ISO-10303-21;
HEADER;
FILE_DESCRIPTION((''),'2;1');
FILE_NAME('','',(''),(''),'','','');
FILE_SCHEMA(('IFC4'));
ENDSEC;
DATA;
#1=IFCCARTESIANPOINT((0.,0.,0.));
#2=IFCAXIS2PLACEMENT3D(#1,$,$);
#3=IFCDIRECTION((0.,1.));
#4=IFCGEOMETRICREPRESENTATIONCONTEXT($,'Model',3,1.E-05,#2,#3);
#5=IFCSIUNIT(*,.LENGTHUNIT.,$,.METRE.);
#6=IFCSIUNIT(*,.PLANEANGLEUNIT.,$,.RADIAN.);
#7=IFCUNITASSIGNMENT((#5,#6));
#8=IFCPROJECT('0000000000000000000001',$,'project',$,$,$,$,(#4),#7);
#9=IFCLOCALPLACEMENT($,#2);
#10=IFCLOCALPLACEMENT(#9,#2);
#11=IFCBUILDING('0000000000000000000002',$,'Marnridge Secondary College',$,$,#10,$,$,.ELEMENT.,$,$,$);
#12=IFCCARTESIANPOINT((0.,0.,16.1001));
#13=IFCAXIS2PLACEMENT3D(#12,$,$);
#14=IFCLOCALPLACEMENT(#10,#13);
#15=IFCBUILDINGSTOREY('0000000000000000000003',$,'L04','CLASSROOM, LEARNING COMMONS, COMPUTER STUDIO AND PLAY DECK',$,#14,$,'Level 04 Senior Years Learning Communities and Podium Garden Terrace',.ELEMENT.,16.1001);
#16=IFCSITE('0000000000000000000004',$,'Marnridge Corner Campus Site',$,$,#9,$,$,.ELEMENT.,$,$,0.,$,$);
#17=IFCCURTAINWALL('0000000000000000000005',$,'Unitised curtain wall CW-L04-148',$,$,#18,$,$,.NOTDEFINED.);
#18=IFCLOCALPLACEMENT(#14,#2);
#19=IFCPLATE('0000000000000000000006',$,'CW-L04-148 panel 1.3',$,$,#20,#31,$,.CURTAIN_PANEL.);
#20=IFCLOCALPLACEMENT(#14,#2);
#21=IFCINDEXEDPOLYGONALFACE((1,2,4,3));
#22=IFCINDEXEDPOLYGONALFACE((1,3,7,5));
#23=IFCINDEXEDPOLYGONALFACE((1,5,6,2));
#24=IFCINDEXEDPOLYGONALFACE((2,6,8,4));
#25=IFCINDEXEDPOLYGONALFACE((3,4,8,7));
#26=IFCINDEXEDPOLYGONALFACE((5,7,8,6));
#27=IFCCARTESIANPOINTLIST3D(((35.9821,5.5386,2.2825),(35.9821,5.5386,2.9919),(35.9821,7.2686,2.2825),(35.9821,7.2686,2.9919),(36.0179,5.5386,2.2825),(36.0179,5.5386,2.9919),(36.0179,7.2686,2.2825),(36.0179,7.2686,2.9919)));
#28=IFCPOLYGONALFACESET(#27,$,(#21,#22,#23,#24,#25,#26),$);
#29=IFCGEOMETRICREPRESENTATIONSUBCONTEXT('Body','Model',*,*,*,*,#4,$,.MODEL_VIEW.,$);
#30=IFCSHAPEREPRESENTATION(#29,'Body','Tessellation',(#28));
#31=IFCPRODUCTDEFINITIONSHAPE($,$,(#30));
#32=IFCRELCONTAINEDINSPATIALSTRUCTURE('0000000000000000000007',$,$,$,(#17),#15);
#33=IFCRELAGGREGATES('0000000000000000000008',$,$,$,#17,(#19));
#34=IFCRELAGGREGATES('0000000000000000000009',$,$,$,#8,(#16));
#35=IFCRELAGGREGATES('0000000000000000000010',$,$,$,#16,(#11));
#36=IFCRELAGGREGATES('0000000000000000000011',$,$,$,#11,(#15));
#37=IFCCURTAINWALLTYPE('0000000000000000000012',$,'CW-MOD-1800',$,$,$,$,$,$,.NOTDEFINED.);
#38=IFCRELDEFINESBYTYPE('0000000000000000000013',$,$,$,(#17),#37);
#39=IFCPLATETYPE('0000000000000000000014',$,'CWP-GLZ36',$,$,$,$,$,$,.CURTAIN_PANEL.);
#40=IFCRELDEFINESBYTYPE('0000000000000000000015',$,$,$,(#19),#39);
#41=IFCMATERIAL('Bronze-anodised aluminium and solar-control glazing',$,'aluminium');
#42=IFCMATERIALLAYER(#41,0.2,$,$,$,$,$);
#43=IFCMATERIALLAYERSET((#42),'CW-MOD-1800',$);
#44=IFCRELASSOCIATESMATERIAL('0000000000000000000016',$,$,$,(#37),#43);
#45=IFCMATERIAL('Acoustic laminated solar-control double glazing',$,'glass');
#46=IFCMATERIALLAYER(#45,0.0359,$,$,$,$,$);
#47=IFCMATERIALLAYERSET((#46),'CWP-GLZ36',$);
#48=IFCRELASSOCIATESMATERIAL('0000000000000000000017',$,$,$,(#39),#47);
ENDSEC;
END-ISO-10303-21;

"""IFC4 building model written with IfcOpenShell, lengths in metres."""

from ifc_helpers import new_model, si_unit, direction, frame, origin, origin_2d, place, context, subcontext, project, spatial, rectangle, extrude, material, layer, layer_set, type_object, element, aggregate, save


model = new_model("IFC4")

# Units and contexts
model_context = context("Model", 3, precision=1e-05, world=origin(), true_north=direction((0.0, 1.0)))
body_context = subcontext(model_context, "Body", "Model", "MODEL_VIEW")
ifc_project = project(units=[si_unit("LENGTHUNIT", "METRE"), si_unit("PLANEANGLEUNIT", "RADIAN")], contexts=[model_context])

# Site, building, storey
site_placement = place(None, origin())
site = spatial("IfcSite", under=ifc_project, at=site_placement, Name="Marnridge Corner Campus Site", CompositionType="ELEMENT", RefElevation=0.0)
building_placement = place(site_placement, origin())
building = spatial("IfcBuilding", under=site, at=building_placement, Name="Marnridge Secondary College", CompositionType="ELEMENT")
storey_placement = place(building_placement, frame((0.0, 0.0, 16.1001)))
storey = spatial("IfcBuildingStorey", under=building, at=storey_placement, Name="L04", Description="CLASSROOM, LEARNING COMMONS, COMPUTER STUDIO AND PLAY DECK", LongName="Level 04 Senior Years Learning Communities and Podium Garden Terrace", CompositionType="ELEMENT", Elevation=16.1001)

# Shared definitions
ifc_material_1 = material(Name="Bronze-anodised aluminium and solar-control glazing", Category="aluminium")
ifc_layer_1 = layer(ifc_material_1, 0.2)
ifc_layer_set_1 = layer_set([ifc_layer_1], Name="CW-MOD-1800")
curtain_wall_type = type_object("IfcCurtainWallType", Name="CW-MOD-1800", PredefinedType="NOTDEFINED", material=ifc_layer_set_1)

# Curtain wall
curtain_wall_1_placement = place(storey_placement, origin())
curtain_wall_1 = element("IfcCurtainWall", 1, at=curtain_wall_1_placement, inside=storey, type_object=curtain_wall_type, Name="Unitised curtain wall CW-L04-148", PredefinedType="NOTDEFINED")

# Plate
ifc_material_2 = material(Name="Acoustic laminated solar-control double glazing", Category="glass")
ifc_layer_2 = layer(ifc_material_2, 0.0359)
ifc_layer_set_2 = layer_set([ifc_layer_2], Name="CWP-GLZ36")
plate_type = type_object("IfcPlateType", Name="CWP-GLZ36", PredefinedType="CURTAIN_PANEL", material=ifc_layer_set_2)
plate_1_placement = place(storey_placement, frame((36.0, 6.4036, 2.2825), z_axis=(0.0, 0.0, 1.0), x_axis=(0.0, -1.0, 0.0)))
plate_1 = element("IfcPlate", 2, at=plate_1_placement, type_object=plate_type, Name="CW-L04-148 panel 1.3", PredefinedType="CURTAIN_PANEL", context=body_context, shape_type="SweptSolid", body=[
    extrude(rectangle(XDim=1.73, YDim=0.0359, at=origin_2d()), origin(), (0.0, 0.0, 1.0), 0.7095),
])
aggregate(curtain_wall_1, [plate_1])

save(model, "model.ifc")
